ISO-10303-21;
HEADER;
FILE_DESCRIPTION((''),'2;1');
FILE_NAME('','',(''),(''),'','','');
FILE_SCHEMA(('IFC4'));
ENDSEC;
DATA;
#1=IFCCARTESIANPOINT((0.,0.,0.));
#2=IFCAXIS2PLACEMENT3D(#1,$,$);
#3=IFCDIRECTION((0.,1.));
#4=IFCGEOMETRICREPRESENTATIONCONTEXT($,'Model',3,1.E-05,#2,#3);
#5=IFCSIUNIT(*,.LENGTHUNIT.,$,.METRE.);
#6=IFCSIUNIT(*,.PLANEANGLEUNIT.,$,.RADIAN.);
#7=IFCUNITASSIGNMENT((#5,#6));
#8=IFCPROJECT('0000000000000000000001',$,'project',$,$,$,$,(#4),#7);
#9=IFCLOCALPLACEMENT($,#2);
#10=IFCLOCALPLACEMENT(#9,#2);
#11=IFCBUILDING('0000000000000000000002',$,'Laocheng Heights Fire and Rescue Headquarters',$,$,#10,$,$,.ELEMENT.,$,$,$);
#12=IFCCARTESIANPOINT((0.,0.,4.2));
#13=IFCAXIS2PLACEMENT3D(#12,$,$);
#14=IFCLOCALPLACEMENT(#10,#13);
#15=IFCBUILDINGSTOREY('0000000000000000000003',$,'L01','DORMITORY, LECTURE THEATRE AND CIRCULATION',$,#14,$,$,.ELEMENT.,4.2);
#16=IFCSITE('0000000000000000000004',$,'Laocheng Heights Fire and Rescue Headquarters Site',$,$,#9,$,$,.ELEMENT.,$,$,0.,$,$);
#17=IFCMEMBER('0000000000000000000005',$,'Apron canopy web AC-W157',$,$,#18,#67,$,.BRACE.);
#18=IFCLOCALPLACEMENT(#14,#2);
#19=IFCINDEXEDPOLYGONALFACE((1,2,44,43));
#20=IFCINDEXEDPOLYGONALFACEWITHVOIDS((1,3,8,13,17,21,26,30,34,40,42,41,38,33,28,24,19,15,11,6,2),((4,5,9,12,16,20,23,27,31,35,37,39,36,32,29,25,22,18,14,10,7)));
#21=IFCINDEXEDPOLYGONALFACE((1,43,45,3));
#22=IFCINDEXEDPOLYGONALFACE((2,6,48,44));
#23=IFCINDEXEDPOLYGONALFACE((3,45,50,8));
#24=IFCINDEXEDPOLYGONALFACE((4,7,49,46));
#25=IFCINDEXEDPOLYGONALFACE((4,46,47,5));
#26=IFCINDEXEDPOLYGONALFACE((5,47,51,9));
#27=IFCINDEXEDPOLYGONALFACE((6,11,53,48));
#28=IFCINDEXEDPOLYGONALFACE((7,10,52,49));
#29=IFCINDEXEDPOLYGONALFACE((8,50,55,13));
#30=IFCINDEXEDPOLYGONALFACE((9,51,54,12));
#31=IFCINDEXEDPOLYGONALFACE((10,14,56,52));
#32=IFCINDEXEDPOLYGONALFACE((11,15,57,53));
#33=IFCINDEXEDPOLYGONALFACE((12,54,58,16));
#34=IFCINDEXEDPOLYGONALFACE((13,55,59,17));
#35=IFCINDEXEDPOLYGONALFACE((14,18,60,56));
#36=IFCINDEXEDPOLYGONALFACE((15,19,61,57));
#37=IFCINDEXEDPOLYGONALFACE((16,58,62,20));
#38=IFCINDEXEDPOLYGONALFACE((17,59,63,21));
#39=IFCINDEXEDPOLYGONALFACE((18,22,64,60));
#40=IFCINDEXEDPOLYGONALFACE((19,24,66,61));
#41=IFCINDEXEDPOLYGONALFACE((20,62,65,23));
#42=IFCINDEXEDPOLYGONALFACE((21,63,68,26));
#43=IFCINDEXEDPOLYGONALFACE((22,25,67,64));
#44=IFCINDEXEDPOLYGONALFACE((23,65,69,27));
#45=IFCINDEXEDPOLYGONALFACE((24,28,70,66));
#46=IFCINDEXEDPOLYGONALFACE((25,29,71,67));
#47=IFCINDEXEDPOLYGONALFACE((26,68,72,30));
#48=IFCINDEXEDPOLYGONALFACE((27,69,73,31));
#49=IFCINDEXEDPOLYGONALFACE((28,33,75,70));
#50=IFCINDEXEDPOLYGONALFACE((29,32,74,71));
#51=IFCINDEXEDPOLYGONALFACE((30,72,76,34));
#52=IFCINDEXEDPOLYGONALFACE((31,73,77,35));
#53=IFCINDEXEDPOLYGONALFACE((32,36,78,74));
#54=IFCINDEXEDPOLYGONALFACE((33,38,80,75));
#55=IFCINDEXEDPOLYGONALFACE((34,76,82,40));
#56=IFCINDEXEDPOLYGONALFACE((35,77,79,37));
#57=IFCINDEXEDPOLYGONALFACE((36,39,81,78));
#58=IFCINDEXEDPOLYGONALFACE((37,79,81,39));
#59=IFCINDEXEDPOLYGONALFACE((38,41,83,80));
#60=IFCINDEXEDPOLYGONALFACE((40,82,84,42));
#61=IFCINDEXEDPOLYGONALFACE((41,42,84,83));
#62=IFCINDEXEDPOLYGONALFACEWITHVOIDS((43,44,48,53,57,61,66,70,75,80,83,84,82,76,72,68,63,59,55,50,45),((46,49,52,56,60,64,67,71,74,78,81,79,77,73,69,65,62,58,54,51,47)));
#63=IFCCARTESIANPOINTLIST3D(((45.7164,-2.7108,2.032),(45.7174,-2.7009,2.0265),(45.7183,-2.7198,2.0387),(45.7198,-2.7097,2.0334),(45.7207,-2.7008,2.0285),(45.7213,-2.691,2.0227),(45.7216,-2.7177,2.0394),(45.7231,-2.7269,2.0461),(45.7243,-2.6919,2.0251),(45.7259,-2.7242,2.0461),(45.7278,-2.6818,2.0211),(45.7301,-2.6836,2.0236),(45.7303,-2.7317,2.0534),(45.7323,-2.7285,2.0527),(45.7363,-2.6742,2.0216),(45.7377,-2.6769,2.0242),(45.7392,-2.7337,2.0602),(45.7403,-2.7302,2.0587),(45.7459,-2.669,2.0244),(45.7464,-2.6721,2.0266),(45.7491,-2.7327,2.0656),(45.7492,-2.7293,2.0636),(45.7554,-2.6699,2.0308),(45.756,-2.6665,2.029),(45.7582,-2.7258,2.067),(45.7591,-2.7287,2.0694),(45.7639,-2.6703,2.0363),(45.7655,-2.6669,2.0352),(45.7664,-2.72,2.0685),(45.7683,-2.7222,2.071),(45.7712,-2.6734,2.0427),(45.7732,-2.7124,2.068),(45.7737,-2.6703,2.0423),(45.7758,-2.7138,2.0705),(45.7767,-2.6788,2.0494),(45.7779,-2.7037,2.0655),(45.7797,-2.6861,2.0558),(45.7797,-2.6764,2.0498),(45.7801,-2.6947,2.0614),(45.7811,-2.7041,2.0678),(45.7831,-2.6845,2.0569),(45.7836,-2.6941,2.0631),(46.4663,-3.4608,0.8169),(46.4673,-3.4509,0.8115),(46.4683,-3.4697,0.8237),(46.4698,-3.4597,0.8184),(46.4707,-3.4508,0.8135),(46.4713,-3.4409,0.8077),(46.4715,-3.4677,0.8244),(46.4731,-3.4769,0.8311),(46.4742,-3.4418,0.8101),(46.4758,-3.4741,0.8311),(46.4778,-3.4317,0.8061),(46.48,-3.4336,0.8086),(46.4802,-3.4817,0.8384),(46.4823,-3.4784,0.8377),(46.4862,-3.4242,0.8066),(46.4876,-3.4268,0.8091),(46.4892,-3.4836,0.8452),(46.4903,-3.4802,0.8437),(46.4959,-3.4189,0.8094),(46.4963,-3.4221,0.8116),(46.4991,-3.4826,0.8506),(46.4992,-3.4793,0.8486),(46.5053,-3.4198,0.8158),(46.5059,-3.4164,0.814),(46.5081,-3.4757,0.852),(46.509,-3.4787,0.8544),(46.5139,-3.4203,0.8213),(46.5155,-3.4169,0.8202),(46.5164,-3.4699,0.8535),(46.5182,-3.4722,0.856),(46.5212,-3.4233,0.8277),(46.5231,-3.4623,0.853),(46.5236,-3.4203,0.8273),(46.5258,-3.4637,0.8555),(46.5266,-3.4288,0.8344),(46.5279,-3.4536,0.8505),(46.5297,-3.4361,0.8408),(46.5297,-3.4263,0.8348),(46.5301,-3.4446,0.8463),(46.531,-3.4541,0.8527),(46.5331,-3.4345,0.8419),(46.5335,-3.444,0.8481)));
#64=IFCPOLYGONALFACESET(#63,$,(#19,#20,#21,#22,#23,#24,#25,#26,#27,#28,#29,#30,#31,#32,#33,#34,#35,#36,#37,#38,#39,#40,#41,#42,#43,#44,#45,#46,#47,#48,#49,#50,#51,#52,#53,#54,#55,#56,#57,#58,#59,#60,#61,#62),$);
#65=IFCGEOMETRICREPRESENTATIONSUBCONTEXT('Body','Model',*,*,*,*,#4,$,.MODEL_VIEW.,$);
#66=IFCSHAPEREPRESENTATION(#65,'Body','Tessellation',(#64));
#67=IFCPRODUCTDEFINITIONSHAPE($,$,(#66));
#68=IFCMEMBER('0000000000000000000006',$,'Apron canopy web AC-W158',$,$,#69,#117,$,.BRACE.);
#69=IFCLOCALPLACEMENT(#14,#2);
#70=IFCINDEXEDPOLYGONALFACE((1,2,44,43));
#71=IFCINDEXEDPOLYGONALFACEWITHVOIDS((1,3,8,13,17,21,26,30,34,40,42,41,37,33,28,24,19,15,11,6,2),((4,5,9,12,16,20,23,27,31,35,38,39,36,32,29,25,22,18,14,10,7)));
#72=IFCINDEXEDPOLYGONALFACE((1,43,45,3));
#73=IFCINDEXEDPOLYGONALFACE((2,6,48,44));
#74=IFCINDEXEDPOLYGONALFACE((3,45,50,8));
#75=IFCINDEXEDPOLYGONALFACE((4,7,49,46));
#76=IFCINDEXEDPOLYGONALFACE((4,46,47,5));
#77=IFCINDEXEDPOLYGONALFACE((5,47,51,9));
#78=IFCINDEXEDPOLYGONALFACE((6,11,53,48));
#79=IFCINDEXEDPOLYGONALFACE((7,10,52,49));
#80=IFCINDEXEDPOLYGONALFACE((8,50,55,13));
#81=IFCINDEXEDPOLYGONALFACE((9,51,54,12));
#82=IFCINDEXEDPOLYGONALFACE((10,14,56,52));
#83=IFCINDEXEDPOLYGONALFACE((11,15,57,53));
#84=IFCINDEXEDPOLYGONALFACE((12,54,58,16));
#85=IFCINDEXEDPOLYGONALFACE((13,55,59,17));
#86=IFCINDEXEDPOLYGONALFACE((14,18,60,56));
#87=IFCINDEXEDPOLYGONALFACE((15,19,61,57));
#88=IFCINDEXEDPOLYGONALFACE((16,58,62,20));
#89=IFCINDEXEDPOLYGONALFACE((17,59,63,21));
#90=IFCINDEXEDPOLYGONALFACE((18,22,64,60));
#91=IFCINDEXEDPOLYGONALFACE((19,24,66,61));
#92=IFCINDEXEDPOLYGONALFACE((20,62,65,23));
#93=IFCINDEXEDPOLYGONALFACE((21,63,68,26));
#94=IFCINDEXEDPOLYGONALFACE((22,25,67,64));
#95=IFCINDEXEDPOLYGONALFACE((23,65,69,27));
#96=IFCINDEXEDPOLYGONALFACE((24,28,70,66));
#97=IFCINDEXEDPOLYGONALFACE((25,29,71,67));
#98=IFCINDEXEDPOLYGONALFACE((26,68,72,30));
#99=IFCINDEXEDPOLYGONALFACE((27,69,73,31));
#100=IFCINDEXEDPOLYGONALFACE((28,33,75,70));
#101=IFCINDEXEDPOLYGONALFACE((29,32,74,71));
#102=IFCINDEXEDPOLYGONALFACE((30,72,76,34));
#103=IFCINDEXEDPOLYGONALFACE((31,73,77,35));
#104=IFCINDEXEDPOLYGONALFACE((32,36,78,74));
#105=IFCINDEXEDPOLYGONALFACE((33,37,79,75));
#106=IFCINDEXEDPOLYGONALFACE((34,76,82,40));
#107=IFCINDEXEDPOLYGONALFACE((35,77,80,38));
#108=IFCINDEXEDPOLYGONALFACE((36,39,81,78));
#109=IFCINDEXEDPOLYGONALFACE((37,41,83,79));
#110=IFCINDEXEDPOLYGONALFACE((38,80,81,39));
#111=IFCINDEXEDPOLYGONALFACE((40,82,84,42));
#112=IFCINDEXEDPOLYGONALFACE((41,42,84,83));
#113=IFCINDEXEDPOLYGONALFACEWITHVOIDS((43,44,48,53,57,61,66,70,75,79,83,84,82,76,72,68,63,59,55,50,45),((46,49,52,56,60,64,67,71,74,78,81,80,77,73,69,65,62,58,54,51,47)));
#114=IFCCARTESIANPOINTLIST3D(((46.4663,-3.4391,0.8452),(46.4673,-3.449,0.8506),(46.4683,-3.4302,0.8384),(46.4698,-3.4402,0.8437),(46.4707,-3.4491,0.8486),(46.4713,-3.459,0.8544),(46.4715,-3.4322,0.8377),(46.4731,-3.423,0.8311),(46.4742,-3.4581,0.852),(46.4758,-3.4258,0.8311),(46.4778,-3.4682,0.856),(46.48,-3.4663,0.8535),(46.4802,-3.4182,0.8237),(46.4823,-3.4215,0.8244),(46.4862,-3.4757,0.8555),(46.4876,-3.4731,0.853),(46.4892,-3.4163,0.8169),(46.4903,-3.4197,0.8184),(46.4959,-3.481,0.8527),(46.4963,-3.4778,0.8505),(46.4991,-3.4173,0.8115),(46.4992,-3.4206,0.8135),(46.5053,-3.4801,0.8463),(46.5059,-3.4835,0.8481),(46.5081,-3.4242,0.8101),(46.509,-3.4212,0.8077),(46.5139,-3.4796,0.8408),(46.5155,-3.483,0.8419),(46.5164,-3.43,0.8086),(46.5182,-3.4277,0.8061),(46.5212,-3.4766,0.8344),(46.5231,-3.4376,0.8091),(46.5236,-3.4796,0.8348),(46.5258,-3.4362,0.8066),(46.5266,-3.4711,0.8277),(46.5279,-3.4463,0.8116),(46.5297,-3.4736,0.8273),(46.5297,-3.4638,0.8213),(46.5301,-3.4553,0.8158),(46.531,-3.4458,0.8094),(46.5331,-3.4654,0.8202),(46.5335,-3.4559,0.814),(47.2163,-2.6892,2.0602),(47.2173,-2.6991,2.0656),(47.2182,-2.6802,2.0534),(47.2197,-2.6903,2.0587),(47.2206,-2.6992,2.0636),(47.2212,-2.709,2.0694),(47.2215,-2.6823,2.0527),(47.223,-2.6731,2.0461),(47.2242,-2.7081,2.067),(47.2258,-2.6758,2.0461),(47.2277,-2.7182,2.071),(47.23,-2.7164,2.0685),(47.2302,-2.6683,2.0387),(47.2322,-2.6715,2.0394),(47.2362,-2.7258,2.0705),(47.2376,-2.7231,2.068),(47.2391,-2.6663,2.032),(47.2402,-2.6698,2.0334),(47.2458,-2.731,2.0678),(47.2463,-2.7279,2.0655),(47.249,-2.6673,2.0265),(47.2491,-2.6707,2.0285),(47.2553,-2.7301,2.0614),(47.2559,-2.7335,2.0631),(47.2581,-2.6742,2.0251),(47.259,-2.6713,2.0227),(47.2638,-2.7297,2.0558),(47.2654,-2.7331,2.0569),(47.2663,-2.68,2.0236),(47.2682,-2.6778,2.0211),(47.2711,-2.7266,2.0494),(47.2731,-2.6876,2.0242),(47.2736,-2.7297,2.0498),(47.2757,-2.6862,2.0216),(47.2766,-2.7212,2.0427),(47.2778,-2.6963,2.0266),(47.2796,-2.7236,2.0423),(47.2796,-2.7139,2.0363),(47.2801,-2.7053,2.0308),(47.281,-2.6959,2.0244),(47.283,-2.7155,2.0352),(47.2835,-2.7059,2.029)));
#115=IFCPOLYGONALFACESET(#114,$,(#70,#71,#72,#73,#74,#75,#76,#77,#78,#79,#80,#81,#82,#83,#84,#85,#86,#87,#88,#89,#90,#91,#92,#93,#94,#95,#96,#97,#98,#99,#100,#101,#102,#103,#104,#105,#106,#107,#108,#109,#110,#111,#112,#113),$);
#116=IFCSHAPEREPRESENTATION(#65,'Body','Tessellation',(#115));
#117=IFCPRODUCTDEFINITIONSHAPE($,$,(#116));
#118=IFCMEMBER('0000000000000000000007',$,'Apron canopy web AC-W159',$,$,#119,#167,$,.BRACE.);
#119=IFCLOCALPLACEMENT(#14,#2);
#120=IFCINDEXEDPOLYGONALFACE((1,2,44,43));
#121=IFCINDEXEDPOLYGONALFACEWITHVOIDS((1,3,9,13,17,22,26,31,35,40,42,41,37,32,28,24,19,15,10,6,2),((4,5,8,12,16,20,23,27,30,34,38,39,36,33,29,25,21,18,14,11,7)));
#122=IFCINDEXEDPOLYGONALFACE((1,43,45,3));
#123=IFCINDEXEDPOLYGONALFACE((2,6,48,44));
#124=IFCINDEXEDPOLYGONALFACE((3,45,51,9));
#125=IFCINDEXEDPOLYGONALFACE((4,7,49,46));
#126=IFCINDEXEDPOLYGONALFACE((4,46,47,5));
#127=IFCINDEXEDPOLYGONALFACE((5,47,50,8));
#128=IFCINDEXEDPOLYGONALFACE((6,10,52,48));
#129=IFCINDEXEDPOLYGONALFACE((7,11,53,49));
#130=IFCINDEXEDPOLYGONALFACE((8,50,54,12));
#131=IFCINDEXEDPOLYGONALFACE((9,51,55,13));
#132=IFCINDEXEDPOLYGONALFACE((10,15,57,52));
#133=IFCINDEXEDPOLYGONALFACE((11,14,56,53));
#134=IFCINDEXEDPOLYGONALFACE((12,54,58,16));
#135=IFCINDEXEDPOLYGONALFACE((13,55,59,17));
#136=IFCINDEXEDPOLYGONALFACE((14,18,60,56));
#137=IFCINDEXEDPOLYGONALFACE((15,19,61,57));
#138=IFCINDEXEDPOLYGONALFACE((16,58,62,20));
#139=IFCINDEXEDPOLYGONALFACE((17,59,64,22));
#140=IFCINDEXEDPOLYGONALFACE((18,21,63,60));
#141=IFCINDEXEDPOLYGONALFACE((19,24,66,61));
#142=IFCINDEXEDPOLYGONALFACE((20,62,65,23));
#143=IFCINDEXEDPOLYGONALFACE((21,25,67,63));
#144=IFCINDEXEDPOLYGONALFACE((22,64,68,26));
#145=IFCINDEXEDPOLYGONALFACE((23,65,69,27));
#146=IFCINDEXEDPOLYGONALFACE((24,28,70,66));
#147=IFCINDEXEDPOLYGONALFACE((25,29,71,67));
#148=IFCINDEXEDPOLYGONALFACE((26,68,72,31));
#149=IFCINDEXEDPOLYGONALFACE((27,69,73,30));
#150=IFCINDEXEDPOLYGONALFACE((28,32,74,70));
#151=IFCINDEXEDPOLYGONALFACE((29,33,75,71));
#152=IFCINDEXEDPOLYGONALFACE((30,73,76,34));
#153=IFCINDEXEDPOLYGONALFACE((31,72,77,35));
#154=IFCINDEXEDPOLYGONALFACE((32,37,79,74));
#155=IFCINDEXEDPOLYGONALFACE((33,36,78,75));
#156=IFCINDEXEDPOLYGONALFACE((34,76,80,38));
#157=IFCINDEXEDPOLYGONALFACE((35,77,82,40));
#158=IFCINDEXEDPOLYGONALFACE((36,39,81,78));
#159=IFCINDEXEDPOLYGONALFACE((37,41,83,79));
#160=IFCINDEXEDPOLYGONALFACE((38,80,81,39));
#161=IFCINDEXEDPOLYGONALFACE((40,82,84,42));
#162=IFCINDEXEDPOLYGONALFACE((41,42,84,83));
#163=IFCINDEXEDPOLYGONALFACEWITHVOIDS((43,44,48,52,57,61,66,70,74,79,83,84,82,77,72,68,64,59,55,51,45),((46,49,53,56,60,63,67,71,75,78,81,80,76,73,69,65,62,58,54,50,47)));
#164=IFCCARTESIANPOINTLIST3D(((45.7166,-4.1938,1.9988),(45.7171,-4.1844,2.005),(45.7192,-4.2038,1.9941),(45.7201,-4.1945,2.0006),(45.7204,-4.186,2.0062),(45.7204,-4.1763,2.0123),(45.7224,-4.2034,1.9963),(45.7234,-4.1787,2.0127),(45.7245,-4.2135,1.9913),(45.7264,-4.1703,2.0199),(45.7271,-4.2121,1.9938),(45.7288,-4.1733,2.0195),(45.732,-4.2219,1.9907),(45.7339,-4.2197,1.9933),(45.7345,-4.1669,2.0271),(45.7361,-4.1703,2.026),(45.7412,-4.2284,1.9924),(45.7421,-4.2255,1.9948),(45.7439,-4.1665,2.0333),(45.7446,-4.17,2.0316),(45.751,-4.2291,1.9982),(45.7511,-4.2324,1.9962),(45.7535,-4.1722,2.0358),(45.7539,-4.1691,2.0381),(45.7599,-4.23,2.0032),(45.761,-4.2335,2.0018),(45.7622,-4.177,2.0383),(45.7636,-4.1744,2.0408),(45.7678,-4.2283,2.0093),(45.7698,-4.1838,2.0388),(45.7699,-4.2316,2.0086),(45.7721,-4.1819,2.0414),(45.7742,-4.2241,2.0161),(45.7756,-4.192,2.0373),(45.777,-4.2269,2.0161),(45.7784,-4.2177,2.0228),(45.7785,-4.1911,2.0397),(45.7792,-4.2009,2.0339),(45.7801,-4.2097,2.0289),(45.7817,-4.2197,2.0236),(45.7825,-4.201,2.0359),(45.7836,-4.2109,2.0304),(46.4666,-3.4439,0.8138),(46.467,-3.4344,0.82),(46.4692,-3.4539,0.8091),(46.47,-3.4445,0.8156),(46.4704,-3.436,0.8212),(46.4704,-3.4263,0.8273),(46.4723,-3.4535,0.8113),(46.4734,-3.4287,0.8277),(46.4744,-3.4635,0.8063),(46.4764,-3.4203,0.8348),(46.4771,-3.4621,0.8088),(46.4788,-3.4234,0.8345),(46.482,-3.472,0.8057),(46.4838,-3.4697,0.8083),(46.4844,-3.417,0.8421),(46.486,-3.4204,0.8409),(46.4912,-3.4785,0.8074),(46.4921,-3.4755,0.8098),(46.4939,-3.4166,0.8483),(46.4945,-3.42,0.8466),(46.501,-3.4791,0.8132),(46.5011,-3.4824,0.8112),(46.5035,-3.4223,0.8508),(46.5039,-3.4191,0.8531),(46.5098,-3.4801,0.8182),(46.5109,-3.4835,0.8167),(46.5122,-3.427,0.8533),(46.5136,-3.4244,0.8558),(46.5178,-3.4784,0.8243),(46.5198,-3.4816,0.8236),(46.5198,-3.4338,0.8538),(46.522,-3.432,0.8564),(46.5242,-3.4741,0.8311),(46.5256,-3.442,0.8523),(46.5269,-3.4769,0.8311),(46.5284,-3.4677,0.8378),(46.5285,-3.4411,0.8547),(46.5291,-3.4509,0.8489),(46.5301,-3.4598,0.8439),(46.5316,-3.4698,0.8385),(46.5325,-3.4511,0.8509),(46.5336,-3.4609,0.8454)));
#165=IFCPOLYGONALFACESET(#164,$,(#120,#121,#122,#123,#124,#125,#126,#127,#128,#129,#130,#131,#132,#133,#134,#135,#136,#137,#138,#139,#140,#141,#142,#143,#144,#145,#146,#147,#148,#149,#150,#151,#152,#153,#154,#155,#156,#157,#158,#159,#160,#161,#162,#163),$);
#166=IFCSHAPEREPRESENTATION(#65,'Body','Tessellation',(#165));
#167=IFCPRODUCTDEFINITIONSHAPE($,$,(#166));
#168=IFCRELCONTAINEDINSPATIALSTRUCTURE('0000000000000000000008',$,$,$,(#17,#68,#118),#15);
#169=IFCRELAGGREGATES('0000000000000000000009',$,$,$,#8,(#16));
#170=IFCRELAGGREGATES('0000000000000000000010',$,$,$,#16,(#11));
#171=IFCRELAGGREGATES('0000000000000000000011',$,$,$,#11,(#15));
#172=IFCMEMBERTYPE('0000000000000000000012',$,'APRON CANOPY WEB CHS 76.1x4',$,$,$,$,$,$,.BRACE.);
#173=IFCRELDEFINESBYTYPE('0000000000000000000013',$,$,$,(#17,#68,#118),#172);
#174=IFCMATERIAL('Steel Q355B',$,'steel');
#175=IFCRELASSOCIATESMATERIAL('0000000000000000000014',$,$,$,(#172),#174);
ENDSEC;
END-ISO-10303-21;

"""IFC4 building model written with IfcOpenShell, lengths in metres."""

from ifc_helpers import new_model, si_unit, direction, frame, origin, origin_2d, place, context, subcontext, project, spatial, hollow_circle, extrude, material, material_profile, profile_set, type_object, element, save


model = new_model("IFC4")

# Units and contexts
model_context = context("Model", 3, precision=1e-05, world=origin(), true_north=direction((0.0, 1.0)))
body_context = subcontext(model_context, "Body", "Model", "MODEL_VIEW")
ifc_project = project(units=[si_unit("LENGTHUNIT", "METRE"), si_unit("PLANEANGLEUNIT", "RADIAN")], contexts=[model_context])

# Site, building, storey
site_placement = place(None, origin())
site = spatial("IfcSite", under=ifc_project, at=site_placement, Name="Laocheng Heights Fire and Rescue Headquarters Site", CompositionType="ELEMENT", RefElevation=0.0)
building_placement = place(site_placement, origin())
building = spatial("IfcBuilding", under=site, at=building_placement, Name="Laocheng Heights Fire and Rescue Headquarters", CompositionType="ELEMENT")
storey_placement = place(building_placement, frame((0.0, 0.0, 4.2)))
storey = spatial("IfcBuildingStorey", under=building, at=storey_placement, Name="L01", Description="DORMITORY, LECTURE THEATRE AND CIRCULATION", CompositionType="ELEMENT", Elevation=4.2)

# Members
ifc_material_1 = material(Name="Steel Q355B", Category="steel")
ifc_material_profile_1 = material_profile(ifc_material_1, hollow_circle(Radius=0.0381, WallThickness=0.0039, at=origin_2d()), Name="CHS 76.1x4")
ifc_profile_set_1 = profile_set([ifc_material_profile_1], Name="Steel Q355B")
member_type_1 = type_object("IfcMemberType", Name="APRON CANOPY WEB CHS 76.1x4", PredefinedType="BRACE", material=ifc_profile_set_1)
for number, where, z_axis, x_axis, name in (
    (1, (46.5, -3.45, 0.8311), (-0.465002, 0.465002, 0.753357), (-0.707107, -0.707107, 0.0), "Apron canopy web AC-W157"),
    (2, (46.5, -3.45, 0.8311), (0.465002, 0.465002, 0.753357), (-0.707107, 0.707107, 0.0), "Apron canopy web AC-W158"),
):
    element("IfcMember", number, at=place(storey_placement, frame(where, z_axis=z_axis, x_axis=x_axis)), inside=storey, type_object=member_type_1, Name=name, PredefinedType="BRACE", context=body_context, shape_type="SweptSolid", body=[
        extrude(hollow_circle(Radius=0.0381, WallThickness=0.0039, at=origin_2d()), origin(), (0.0, 0.0, 1.0), 1.6128),
    ])
member_placement = place(storey_placement, frame((46.5, -3.45, 0.8311), z_axis=(-0.47158, -0.47158, 0.745134), x_axis=(0.707107, -0.707107, 0.0)))
element("IfcMember", 3, at=member_placement, inside=storey, type_object=member_type_1, Name="Apron canopy web AC-W159", PredefinedType="BRACE", context=body_context, shape_type="SweptSolid", body=[
    extrude(hollow_circle(Radius=0.0381, WallThickness=0.0039, at=origin_2d()), origin(), (0.0, 0.0, 1.0), 1.5903),
])

save(model, "model.ifc")
